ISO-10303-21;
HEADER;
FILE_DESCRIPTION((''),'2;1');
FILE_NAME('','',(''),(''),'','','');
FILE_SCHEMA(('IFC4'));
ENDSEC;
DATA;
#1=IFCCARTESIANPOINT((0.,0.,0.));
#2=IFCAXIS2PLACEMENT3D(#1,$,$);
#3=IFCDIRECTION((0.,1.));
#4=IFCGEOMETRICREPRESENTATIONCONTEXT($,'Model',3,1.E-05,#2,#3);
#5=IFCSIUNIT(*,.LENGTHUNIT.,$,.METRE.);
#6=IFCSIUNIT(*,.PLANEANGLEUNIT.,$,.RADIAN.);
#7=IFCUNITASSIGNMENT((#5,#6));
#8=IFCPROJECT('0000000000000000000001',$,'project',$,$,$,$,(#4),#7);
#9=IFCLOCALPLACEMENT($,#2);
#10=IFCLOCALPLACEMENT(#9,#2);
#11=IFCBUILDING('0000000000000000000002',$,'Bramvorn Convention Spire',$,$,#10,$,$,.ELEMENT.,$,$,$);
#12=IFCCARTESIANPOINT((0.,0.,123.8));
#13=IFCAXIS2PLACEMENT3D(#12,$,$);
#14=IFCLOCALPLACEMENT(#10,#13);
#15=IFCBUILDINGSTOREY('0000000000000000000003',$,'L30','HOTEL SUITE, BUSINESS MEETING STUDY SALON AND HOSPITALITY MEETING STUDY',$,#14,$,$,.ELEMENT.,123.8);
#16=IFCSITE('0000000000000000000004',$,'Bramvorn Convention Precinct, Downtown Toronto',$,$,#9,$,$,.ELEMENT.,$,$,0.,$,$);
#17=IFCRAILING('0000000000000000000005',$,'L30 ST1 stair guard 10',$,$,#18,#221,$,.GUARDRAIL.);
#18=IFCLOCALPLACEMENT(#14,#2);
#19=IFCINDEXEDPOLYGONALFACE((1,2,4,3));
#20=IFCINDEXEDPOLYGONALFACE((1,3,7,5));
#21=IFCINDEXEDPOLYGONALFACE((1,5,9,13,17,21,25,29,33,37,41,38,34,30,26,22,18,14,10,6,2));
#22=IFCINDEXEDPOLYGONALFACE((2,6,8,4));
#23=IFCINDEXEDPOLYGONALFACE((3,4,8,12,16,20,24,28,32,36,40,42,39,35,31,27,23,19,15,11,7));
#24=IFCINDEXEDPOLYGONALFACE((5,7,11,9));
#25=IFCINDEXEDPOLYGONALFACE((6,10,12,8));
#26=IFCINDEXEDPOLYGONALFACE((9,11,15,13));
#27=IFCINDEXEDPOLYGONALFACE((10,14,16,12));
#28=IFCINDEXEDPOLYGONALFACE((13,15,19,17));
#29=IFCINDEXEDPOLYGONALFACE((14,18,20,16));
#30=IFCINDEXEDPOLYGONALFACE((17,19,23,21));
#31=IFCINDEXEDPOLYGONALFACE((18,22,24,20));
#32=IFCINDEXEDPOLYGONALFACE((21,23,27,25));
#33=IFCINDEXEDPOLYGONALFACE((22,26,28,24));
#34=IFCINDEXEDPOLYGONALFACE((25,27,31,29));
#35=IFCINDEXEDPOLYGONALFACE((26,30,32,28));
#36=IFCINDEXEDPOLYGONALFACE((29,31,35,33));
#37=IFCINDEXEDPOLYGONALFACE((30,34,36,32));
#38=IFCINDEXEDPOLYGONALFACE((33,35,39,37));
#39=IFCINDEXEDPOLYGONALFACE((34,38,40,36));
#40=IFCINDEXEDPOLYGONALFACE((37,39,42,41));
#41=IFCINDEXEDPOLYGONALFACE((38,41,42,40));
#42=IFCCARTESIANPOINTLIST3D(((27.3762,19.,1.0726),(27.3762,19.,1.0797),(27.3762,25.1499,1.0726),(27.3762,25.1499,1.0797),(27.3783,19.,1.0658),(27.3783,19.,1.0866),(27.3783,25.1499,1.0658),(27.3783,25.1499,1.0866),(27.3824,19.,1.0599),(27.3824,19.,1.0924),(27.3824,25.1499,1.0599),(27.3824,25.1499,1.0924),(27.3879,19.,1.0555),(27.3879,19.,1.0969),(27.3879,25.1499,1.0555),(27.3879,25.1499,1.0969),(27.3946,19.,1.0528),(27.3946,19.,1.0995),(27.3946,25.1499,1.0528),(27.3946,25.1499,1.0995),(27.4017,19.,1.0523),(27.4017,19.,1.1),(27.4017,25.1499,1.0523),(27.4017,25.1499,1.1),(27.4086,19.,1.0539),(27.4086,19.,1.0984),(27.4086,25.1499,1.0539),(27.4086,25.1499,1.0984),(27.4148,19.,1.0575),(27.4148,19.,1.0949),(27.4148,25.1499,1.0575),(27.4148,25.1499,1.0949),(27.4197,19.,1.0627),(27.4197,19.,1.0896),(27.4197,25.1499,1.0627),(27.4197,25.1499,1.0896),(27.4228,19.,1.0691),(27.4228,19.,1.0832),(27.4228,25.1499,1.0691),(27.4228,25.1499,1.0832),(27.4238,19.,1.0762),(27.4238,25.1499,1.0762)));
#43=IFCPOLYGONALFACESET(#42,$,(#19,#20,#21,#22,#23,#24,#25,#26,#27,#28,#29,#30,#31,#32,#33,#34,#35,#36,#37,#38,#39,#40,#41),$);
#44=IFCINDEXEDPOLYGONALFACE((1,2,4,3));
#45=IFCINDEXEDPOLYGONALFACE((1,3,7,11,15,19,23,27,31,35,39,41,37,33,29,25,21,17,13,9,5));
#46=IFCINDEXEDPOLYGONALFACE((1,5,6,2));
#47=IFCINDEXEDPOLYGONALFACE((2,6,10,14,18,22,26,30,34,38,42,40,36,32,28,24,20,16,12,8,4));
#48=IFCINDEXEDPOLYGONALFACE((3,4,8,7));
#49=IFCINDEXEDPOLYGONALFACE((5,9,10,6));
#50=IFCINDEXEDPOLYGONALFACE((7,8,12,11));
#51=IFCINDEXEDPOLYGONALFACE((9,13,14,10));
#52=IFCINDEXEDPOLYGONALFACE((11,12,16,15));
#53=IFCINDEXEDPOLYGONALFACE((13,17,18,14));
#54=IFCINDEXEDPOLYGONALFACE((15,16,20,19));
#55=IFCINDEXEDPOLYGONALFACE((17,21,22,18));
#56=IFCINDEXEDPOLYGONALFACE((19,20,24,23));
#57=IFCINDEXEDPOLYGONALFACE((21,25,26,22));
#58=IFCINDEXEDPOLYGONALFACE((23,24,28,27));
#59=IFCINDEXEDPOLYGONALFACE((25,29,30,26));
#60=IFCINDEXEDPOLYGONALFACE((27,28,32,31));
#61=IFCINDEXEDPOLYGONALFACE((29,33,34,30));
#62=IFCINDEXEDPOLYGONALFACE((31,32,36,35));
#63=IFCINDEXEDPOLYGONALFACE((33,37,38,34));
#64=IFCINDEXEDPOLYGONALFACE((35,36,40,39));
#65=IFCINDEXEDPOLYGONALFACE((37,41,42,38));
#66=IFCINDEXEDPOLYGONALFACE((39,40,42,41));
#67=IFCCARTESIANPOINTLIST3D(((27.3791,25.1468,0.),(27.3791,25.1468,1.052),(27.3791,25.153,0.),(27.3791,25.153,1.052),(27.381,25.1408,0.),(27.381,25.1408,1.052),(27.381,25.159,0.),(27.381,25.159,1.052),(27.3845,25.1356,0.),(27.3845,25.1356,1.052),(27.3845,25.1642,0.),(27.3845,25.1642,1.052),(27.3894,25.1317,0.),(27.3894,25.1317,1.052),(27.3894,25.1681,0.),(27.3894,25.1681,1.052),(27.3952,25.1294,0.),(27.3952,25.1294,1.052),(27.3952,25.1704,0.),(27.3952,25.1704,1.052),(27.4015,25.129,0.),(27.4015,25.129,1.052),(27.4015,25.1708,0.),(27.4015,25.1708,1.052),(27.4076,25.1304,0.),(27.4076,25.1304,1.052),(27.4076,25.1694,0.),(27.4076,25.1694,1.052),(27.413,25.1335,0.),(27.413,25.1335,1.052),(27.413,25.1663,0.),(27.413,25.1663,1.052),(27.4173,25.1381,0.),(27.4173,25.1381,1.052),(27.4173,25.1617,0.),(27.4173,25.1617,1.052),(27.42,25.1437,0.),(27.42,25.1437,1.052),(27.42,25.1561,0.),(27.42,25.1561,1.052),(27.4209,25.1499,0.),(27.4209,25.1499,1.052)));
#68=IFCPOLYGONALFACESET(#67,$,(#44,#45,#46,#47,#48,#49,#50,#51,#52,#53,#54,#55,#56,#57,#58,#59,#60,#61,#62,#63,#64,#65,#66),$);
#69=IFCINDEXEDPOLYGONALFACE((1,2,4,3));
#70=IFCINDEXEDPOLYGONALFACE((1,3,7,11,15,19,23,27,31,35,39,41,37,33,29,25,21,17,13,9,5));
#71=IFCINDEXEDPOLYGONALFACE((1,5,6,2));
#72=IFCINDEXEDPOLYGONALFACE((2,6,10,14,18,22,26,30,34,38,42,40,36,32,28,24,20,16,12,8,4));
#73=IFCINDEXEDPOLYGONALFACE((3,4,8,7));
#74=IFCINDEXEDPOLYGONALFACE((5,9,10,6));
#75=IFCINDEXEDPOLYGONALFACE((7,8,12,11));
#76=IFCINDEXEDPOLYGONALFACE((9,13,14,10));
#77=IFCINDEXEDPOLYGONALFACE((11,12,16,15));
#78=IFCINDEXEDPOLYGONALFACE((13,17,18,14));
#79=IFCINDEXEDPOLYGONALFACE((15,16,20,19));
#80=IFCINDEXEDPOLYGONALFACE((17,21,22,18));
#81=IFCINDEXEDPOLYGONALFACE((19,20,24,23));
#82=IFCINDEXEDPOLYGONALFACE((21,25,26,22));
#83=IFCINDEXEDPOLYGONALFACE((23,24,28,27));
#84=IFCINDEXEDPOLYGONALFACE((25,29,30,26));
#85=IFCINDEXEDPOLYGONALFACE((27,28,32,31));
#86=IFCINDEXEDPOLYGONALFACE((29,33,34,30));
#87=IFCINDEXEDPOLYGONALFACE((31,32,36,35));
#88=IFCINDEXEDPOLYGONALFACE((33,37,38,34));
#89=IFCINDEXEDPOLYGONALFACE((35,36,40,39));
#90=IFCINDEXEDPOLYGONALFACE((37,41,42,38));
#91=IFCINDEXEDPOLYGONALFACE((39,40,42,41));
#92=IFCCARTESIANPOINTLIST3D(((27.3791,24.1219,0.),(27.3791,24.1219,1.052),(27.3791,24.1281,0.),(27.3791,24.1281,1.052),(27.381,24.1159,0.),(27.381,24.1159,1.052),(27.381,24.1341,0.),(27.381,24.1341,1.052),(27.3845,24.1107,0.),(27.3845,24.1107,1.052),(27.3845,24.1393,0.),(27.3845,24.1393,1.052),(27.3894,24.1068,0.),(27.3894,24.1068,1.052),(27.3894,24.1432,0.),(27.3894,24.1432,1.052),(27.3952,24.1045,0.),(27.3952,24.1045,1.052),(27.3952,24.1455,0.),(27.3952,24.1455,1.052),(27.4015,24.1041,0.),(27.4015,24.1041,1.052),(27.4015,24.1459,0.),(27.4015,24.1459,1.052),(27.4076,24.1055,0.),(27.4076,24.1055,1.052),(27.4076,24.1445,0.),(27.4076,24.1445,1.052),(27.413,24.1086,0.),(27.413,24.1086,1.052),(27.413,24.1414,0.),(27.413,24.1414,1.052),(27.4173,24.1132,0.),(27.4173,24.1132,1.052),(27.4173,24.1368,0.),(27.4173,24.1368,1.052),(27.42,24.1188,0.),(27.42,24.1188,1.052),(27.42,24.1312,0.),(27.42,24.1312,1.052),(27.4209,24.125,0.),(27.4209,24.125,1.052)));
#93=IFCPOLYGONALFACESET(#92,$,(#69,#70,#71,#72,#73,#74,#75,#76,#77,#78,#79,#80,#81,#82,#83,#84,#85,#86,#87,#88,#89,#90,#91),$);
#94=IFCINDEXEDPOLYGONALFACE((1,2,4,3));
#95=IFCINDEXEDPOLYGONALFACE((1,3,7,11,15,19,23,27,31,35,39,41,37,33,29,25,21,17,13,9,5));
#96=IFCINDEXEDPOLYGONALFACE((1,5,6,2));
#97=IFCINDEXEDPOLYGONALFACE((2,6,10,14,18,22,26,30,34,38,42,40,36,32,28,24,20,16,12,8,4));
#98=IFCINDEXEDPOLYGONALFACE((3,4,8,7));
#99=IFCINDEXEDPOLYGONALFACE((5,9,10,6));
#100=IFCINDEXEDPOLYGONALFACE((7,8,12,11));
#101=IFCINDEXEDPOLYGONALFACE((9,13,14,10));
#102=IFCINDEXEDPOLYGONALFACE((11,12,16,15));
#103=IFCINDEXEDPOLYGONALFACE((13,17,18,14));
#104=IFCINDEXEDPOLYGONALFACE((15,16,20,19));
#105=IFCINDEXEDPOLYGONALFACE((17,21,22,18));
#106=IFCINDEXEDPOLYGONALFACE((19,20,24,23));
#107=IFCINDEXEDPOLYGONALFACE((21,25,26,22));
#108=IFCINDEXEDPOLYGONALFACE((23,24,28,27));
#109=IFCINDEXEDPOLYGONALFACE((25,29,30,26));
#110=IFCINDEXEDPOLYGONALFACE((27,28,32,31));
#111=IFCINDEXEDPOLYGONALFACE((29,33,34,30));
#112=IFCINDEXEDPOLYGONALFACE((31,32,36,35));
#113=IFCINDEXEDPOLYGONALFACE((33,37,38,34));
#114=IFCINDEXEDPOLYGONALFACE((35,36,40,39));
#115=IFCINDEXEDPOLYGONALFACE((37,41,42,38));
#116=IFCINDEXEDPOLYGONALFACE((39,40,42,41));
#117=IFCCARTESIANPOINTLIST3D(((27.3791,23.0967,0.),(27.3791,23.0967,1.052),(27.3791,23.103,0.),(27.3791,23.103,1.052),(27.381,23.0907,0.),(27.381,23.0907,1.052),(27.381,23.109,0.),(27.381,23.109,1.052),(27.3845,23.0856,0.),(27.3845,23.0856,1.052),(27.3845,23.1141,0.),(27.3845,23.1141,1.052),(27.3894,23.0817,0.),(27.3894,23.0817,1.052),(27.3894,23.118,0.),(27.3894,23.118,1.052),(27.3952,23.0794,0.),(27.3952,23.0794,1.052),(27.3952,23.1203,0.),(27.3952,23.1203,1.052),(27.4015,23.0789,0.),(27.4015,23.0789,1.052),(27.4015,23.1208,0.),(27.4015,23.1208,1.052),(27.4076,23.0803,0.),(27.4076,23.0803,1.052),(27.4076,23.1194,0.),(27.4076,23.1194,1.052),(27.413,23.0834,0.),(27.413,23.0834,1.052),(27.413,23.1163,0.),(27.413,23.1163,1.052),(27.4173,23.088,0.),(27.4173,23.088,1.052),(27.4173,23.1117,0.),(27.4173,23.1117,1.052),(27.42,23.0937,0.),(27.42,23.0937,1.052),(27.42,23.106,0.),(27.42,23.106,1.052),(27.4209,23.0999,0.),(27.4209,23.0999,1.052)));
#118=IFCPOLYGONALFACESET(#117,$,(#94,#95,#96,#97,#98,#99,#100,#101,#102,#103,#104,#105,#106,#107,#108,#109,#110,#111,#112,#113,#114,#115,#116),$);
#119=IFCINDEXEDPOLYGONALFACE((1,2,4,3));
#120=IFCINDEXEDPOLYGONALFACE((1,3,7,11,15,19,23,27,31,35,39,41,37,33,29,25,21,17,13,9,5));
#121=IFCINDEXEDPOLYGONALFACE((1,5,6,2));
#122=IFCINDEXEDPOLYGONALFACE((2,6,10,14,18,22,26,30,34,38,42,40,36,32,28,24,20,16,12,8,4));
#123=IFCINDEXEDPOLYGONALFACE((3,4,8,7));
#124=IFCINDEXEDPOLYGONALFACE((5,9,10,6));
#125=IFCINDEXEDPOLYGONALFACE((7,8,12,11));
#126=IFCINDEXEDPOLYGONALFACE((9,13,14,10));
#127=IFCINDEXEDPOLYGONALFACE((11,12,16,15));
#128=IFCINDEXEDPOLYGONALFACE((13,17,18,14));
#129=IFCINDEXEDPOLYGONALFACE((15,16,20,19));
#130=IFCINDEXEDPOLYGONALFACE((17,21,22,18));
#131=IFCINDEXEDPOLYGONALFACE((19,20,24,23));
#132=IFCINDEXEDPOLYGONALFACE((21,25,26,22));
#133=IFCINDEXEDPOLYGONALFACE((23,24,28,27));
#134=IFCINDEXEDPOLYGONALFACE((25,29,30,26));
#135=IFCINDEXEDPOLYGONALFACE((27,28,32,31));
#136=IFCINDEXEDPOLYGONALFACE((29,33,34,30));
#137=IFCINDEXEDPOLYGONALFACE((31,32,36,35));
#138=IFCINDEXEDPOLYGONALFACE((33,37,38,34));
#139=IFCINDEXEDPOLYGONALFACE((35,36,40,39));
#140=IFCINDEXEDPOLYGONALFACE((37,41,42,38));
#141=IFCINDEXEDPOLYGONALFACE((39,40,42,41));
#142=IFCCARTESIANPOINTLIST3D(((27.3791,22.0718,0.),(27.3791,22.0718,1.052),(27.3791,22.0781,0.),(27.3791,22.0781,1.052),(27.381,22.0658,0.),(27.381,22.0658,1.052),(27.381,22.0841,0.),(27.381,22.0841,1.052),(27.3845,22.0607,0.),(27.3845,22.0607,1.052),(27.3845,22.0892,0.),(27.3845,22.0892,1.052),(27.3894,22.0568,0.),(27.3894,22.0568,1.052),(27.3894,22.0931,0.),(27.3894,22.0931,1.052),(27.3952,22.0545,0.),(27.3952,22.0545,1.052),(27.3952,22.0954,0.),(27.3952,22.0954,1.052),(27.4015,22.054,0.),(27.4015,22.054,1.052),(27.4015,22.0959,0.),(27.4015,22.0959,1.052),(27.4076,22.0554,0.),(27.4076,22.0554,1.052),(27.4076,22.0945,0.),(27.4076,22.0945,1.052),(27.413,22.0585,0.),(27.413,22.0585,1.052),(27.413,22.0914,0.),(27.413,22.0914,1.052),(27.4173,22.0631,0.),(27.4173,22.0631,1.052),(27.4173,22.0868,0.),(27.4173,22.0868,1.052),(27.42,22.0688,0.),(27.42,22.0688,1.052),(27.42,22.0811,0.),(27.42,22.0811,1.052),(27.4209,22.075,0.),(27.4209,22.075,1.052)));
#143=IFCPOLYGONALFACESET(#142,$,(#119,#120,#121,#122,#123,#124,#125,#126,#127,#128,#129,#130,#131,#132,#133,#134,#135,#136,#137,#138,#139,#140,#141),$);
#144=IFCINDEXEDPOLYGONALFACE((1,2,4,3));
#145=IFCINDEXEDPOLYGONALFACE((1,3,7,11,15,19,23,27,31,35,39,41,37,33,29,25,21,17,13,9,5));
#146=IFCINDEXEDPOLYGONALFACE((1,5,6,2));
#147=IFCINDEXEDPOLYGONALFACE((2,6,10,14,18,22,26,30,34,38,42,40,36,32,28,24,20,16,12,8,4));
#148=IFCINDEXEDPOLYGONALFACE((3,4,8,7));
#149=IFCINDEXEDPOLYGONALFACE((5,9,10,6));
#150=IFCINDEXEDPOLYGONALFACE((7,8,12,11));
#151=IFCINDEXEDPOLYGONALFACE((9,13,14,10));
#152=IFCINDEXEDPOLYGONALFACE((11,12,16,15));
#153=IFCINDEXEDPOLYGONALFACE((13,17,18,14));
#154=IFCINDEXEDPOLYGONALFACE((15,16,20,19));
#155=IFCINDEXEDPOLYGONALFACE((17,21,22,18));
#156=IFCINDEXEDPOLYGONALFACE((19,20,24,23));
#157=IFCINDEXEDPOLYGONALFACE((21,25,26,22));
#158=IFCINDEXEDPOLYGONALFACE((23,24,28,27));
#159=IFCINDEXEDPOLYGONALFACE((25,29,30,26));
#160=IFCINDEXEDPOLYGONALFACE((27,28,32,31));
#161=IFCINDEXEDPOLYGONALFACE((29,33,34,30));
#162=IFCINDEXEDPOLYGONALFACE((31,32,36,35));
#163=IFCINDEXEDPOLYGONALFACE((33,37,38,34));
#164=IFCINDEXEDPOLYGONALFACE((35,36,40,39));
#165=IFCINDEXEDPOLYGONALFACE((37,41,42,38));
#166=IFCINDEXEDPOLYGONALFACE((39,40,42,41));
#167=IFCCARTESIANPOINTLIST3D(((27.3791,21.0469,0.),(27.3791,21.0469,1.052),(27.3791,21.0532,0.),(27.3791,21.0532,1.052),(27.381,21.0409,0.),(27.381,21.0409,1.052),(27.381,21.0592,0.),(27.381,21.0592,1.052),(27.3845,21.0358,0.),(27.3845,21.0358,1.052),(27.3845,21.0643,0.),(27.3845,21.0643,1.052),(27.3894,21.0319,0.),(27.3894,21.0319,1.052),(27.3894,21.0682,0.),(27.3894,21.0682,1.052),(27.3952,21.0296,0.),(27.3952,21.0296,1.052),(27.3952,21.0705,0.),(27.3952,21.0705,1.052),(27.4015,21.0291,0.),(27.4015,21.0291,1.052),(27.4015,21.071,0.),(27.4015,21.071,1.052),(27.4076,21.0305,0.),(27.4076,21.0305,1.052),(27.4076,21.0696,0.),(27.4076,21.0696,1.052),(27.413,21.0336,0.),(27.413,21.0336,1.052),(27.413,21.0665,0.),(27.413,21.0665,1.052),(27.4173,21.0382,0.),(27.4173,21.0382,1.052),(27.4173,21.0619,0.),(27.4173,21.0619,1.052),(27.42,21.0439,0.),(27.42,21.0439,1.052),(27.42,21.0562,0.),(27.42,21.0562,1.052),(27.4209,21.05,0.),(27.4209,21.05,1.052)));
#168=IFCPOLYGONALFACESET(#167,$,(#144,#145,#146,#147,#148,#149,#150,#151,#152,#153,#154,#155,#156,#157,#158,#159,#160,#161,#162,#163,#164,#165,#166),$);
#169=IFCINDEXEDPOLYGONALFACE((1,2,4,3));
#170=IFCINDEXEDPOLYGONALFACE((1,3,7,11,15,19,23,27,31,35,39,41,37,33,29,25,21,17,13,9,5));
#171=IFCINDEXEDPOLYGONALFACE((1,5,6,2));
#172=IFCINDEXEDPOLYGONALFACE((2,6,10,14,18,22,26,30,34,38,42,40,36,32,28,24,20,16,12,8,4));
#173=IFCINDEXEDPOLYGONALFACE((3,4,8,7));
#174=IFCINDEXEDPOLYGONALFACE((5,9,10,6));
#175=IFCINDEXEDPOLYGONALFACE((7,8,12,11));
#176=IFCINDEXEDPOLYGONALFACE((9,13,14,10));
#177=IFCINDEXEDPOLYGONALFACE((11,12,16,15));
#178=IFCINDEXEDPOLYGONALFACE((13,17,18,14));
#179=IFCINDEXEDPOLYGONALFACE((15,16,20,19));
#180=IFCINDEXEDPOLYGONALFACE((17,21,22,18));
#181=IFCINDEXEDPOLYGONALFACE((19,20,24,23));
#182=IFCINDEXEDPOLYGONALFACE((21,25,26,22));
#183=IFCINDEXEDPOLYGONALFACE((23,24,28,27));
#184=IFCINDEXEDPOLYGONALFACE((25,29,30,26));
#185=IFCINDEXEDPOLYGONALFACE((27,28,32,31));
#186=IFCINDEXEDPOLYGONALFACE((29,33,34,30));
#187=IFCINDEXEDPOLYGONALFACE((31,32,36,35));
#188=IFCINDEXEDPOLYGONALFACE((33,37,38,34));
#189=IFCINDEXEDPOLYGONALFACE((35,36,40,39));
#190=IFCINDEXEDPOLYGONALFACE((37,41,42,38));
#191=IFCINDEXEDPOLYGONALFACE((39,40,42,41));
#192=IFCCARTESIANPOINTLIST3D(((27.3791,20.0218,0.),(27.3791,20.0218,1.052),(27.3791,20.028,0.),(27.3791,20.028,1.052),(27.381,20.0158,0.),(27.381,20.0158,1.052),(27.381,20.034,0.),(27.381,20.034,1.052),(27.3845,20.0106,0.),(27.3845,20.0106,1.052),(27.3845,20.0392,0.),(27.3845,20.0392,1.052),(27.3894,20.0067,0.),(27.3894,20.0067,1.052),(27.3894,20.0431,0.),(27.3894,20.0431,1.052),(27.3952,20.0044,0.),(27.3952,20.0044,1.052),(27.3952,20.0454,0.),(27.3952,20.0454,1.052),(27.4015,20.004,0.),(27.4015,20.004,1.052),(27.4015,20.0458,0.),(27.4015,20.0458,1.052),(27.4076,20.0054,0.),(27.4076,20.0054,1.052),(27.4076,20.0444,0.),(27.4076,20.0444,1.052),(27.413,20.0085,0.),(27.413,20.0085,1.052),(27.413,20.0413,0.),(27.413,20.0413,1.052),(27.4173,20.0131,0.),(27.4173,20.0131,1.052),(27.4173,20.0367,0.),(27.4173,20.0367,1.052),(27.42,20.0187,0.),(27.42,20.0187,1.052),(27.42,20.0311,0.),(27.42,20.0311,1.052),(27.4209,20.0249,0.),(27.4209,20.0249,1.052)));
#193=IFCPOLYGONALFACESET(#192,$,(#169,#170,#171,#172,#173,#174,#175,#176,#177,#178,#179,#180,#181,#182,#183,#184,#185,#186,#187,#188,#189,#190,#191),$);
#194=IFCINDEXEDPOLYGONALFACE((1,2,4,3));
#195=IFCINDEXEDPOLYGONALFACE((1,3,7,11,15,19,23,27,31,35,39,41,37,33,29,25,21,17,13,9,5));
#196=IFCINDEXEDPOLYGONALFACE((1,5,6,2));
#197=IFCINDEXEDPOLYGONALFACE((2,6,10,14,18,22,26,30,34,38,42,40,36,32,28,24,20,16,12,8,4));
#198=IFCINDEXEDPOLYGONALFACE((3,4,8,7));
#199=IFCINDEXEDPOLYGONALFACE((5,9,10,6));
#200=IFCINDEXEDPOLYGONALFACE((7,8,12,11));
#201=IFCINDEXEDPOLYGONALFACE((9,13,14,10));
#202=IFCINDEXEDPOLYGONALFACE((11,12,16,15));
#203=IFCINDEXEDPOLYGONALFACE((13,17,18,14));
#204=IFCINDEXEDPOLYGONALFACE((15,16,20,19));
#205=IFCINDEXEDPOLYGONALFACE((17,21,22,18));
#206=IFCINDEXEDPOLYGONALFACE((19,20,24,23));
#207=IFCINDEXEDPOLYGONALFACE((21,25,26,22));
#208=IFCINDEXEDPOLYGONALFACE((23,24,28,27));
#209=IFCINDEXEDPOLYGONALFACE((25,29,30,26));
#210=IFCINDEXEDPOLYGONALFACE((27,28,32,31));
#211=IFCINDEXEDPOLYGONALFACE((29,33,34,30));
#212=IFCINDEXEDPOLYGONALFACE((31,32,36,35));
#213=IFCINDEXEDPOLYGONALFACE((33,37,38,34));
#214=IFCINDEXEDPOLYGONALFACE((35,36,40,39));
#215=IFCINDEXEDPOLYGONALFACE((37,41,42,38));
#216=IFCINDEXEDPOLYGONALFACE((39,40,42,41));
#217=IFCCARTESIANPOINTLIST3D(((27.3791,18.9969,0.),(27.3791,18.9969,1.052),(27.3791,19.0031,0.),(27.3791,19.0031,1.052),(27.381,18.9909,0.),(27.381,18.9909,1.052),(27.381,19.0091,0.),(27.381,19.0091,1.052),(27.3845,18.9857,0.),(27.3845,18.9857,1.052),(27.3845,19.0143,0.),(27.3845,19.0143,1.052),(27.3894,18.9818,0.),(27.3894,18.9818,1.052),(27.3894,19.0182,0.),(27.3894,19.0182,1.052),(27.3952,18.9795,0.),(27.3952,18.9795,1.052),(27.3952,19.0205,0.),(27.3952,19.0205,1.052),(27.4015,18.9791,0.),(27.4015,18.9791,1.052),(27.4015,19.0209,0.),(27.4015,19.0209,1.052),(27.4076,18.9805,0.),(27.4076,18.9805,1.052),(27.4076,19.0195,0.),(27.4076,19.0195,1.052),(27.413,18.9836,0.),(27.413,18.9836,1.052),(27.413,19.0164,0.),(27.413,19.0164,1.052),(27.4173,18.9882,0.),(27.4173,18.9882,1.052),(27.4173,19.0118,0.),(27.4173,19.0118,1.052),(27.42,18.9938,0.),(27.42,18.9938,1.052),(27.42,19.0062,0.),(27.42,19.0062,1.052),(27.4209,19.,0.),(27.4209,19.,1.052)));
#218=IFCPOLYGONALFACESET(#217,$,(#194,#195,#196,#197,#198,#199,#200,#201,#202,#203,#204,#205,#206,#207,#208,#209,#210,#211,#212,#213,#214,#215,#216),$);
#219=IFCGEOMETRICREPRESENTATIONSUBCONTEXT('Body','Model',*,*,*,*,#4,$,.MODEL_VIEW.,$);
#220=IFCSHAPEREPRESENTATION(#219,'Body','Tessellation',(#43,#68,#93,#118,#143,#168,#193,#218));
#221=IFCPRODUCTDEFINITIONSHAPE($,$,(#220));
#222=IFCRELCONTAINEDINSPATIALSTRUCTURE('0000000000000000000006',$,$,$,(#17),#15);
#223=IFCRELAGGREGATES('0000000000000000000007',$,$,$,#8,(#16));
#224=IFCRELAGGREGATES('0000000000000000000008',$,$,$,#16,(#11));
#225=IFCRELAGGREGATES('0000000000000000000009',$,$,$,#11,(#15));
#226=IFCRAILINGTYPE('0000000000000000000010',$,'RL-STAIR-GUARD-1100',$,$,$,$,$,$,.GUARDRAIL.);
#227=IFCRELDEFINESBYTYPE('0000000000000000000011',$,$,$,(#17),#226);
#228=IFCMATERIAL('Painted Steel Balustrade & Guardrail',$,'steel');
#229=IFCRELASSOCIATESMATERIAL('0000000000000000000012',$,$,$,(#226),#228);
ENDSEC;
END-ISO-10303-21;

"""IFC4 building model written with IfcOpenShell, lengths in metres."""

from ifc_helpers import new_model, si_unit, direction, frame, origin, origin_2d, place, context, subcontext, project, spatial, circle, extrude, material, type_object, element, save


model = new_model("IFC4")

# Units and contexts
model_context = context("Model", 3, precision=1e-05, world=origin(), true_north=direction((0.0, 1.0)))
body_context = subcontext(model_context, "Body", "Model", "MODEL_VIEW")
ifc_project = project(units=[si_unit("LENGTHUNIT", "METRE"), si_unit("PLANEANGLEUNIT", "RADIAN")], contexts=[model_context])

# Site, building, storey
site_placement = place(None, origin())
site = spatial("IfcSite", under=ifc_project, at=site_placement, Name="Bramvorn Convention Precinct, Downtown Toronto", CompositionType="ELEMENT", RefElevation=0.0)
building_placement = place(site_placement, origin())
building = spatial("IfcBuilding", under=site, at=building_placement, Name="Bramvorn Convention Spire", CompositionType="ELEMENT")
storey_placement = place(building_placement, frame((0.0, 0.0, 123.8)))
storey = spatial("IfcBuildingStorey", under=building, at=storey_placement, Name="L30", Description="HOTEL SUITE, BUSINESS MEETING STUDY SALON AND HOSPITALITY MEETING STUDY", CompositionType="ELEMENT", Elevation=123.8)

# Railing
ifc_material_1 = material(Name="Painted Steel Balustrade & Guardrail", Category="steel")
railing_type_1 = type_object("IfcRailingType", Name="RL-STAIR-GUARD-1100", PredefinedType="GUARDRAIL", material=ifc_material_1)
railing_1_placement = place(storey_placement, frame((27.3999, 25.1499, 0.0)))
element("IfcRailing", 1, at=railing_1_placement, inside=storey, type_object=railing_type_1, Name="L30 ST1 stair guard 10", PredefinedType="GUARDRAIL", context=body_context, shape_type="SweptSolid", body=[
    extrude(circle(Radius=0.0239, at=origin_2d()), frame((0.0, 0.0, 1.0762), z_axis=(0.0, -1.0, 0.0), x_axis=(1.0, 0.0, 0.0)), (0.0, 0.0, 1.0), 6.1499),
    extrude(circle(Radius=0.021, at=origin_2d()), origin(), (0.0, 0.0, 1.0), 1.052),
    extrude(circle(Radius=0.021, at=origin_2d()), frame((0.0, -1.0249, 0.0)), (0.0, 0.0, 1.0), 1.052),
    extrude(circle(Radius=0.021, at=origin_2d()), frame((0.0, -2.05, 0.0)), (0.0, 0.0, 1.0), 1.052),
    extrude(circle(Radius=0.021, at=origin_2d()), frame((0.0, -3.075, 0.0)), (0.0, 0.0, 1.0), 1.052),
    extrude(circle(Radius=0.021, at=origin_2d()), frame((0.0, -4.0999, 0.0)), (0.0, 0.0, 1.0), 1.052),
    extrude(circle(Radius=0.021, at=origin_2d()), frame((0.0, -5.125, 0.0)), (0.0, 0.0, 1.0), 1.052),
    extrude(circle(Radius=0.021, at=origin_2d()), frame((0.0, -6.1499, 0.0)), (0.0, 0.0, 1.0), 1.052),
])

save(model, "model.ifc")
